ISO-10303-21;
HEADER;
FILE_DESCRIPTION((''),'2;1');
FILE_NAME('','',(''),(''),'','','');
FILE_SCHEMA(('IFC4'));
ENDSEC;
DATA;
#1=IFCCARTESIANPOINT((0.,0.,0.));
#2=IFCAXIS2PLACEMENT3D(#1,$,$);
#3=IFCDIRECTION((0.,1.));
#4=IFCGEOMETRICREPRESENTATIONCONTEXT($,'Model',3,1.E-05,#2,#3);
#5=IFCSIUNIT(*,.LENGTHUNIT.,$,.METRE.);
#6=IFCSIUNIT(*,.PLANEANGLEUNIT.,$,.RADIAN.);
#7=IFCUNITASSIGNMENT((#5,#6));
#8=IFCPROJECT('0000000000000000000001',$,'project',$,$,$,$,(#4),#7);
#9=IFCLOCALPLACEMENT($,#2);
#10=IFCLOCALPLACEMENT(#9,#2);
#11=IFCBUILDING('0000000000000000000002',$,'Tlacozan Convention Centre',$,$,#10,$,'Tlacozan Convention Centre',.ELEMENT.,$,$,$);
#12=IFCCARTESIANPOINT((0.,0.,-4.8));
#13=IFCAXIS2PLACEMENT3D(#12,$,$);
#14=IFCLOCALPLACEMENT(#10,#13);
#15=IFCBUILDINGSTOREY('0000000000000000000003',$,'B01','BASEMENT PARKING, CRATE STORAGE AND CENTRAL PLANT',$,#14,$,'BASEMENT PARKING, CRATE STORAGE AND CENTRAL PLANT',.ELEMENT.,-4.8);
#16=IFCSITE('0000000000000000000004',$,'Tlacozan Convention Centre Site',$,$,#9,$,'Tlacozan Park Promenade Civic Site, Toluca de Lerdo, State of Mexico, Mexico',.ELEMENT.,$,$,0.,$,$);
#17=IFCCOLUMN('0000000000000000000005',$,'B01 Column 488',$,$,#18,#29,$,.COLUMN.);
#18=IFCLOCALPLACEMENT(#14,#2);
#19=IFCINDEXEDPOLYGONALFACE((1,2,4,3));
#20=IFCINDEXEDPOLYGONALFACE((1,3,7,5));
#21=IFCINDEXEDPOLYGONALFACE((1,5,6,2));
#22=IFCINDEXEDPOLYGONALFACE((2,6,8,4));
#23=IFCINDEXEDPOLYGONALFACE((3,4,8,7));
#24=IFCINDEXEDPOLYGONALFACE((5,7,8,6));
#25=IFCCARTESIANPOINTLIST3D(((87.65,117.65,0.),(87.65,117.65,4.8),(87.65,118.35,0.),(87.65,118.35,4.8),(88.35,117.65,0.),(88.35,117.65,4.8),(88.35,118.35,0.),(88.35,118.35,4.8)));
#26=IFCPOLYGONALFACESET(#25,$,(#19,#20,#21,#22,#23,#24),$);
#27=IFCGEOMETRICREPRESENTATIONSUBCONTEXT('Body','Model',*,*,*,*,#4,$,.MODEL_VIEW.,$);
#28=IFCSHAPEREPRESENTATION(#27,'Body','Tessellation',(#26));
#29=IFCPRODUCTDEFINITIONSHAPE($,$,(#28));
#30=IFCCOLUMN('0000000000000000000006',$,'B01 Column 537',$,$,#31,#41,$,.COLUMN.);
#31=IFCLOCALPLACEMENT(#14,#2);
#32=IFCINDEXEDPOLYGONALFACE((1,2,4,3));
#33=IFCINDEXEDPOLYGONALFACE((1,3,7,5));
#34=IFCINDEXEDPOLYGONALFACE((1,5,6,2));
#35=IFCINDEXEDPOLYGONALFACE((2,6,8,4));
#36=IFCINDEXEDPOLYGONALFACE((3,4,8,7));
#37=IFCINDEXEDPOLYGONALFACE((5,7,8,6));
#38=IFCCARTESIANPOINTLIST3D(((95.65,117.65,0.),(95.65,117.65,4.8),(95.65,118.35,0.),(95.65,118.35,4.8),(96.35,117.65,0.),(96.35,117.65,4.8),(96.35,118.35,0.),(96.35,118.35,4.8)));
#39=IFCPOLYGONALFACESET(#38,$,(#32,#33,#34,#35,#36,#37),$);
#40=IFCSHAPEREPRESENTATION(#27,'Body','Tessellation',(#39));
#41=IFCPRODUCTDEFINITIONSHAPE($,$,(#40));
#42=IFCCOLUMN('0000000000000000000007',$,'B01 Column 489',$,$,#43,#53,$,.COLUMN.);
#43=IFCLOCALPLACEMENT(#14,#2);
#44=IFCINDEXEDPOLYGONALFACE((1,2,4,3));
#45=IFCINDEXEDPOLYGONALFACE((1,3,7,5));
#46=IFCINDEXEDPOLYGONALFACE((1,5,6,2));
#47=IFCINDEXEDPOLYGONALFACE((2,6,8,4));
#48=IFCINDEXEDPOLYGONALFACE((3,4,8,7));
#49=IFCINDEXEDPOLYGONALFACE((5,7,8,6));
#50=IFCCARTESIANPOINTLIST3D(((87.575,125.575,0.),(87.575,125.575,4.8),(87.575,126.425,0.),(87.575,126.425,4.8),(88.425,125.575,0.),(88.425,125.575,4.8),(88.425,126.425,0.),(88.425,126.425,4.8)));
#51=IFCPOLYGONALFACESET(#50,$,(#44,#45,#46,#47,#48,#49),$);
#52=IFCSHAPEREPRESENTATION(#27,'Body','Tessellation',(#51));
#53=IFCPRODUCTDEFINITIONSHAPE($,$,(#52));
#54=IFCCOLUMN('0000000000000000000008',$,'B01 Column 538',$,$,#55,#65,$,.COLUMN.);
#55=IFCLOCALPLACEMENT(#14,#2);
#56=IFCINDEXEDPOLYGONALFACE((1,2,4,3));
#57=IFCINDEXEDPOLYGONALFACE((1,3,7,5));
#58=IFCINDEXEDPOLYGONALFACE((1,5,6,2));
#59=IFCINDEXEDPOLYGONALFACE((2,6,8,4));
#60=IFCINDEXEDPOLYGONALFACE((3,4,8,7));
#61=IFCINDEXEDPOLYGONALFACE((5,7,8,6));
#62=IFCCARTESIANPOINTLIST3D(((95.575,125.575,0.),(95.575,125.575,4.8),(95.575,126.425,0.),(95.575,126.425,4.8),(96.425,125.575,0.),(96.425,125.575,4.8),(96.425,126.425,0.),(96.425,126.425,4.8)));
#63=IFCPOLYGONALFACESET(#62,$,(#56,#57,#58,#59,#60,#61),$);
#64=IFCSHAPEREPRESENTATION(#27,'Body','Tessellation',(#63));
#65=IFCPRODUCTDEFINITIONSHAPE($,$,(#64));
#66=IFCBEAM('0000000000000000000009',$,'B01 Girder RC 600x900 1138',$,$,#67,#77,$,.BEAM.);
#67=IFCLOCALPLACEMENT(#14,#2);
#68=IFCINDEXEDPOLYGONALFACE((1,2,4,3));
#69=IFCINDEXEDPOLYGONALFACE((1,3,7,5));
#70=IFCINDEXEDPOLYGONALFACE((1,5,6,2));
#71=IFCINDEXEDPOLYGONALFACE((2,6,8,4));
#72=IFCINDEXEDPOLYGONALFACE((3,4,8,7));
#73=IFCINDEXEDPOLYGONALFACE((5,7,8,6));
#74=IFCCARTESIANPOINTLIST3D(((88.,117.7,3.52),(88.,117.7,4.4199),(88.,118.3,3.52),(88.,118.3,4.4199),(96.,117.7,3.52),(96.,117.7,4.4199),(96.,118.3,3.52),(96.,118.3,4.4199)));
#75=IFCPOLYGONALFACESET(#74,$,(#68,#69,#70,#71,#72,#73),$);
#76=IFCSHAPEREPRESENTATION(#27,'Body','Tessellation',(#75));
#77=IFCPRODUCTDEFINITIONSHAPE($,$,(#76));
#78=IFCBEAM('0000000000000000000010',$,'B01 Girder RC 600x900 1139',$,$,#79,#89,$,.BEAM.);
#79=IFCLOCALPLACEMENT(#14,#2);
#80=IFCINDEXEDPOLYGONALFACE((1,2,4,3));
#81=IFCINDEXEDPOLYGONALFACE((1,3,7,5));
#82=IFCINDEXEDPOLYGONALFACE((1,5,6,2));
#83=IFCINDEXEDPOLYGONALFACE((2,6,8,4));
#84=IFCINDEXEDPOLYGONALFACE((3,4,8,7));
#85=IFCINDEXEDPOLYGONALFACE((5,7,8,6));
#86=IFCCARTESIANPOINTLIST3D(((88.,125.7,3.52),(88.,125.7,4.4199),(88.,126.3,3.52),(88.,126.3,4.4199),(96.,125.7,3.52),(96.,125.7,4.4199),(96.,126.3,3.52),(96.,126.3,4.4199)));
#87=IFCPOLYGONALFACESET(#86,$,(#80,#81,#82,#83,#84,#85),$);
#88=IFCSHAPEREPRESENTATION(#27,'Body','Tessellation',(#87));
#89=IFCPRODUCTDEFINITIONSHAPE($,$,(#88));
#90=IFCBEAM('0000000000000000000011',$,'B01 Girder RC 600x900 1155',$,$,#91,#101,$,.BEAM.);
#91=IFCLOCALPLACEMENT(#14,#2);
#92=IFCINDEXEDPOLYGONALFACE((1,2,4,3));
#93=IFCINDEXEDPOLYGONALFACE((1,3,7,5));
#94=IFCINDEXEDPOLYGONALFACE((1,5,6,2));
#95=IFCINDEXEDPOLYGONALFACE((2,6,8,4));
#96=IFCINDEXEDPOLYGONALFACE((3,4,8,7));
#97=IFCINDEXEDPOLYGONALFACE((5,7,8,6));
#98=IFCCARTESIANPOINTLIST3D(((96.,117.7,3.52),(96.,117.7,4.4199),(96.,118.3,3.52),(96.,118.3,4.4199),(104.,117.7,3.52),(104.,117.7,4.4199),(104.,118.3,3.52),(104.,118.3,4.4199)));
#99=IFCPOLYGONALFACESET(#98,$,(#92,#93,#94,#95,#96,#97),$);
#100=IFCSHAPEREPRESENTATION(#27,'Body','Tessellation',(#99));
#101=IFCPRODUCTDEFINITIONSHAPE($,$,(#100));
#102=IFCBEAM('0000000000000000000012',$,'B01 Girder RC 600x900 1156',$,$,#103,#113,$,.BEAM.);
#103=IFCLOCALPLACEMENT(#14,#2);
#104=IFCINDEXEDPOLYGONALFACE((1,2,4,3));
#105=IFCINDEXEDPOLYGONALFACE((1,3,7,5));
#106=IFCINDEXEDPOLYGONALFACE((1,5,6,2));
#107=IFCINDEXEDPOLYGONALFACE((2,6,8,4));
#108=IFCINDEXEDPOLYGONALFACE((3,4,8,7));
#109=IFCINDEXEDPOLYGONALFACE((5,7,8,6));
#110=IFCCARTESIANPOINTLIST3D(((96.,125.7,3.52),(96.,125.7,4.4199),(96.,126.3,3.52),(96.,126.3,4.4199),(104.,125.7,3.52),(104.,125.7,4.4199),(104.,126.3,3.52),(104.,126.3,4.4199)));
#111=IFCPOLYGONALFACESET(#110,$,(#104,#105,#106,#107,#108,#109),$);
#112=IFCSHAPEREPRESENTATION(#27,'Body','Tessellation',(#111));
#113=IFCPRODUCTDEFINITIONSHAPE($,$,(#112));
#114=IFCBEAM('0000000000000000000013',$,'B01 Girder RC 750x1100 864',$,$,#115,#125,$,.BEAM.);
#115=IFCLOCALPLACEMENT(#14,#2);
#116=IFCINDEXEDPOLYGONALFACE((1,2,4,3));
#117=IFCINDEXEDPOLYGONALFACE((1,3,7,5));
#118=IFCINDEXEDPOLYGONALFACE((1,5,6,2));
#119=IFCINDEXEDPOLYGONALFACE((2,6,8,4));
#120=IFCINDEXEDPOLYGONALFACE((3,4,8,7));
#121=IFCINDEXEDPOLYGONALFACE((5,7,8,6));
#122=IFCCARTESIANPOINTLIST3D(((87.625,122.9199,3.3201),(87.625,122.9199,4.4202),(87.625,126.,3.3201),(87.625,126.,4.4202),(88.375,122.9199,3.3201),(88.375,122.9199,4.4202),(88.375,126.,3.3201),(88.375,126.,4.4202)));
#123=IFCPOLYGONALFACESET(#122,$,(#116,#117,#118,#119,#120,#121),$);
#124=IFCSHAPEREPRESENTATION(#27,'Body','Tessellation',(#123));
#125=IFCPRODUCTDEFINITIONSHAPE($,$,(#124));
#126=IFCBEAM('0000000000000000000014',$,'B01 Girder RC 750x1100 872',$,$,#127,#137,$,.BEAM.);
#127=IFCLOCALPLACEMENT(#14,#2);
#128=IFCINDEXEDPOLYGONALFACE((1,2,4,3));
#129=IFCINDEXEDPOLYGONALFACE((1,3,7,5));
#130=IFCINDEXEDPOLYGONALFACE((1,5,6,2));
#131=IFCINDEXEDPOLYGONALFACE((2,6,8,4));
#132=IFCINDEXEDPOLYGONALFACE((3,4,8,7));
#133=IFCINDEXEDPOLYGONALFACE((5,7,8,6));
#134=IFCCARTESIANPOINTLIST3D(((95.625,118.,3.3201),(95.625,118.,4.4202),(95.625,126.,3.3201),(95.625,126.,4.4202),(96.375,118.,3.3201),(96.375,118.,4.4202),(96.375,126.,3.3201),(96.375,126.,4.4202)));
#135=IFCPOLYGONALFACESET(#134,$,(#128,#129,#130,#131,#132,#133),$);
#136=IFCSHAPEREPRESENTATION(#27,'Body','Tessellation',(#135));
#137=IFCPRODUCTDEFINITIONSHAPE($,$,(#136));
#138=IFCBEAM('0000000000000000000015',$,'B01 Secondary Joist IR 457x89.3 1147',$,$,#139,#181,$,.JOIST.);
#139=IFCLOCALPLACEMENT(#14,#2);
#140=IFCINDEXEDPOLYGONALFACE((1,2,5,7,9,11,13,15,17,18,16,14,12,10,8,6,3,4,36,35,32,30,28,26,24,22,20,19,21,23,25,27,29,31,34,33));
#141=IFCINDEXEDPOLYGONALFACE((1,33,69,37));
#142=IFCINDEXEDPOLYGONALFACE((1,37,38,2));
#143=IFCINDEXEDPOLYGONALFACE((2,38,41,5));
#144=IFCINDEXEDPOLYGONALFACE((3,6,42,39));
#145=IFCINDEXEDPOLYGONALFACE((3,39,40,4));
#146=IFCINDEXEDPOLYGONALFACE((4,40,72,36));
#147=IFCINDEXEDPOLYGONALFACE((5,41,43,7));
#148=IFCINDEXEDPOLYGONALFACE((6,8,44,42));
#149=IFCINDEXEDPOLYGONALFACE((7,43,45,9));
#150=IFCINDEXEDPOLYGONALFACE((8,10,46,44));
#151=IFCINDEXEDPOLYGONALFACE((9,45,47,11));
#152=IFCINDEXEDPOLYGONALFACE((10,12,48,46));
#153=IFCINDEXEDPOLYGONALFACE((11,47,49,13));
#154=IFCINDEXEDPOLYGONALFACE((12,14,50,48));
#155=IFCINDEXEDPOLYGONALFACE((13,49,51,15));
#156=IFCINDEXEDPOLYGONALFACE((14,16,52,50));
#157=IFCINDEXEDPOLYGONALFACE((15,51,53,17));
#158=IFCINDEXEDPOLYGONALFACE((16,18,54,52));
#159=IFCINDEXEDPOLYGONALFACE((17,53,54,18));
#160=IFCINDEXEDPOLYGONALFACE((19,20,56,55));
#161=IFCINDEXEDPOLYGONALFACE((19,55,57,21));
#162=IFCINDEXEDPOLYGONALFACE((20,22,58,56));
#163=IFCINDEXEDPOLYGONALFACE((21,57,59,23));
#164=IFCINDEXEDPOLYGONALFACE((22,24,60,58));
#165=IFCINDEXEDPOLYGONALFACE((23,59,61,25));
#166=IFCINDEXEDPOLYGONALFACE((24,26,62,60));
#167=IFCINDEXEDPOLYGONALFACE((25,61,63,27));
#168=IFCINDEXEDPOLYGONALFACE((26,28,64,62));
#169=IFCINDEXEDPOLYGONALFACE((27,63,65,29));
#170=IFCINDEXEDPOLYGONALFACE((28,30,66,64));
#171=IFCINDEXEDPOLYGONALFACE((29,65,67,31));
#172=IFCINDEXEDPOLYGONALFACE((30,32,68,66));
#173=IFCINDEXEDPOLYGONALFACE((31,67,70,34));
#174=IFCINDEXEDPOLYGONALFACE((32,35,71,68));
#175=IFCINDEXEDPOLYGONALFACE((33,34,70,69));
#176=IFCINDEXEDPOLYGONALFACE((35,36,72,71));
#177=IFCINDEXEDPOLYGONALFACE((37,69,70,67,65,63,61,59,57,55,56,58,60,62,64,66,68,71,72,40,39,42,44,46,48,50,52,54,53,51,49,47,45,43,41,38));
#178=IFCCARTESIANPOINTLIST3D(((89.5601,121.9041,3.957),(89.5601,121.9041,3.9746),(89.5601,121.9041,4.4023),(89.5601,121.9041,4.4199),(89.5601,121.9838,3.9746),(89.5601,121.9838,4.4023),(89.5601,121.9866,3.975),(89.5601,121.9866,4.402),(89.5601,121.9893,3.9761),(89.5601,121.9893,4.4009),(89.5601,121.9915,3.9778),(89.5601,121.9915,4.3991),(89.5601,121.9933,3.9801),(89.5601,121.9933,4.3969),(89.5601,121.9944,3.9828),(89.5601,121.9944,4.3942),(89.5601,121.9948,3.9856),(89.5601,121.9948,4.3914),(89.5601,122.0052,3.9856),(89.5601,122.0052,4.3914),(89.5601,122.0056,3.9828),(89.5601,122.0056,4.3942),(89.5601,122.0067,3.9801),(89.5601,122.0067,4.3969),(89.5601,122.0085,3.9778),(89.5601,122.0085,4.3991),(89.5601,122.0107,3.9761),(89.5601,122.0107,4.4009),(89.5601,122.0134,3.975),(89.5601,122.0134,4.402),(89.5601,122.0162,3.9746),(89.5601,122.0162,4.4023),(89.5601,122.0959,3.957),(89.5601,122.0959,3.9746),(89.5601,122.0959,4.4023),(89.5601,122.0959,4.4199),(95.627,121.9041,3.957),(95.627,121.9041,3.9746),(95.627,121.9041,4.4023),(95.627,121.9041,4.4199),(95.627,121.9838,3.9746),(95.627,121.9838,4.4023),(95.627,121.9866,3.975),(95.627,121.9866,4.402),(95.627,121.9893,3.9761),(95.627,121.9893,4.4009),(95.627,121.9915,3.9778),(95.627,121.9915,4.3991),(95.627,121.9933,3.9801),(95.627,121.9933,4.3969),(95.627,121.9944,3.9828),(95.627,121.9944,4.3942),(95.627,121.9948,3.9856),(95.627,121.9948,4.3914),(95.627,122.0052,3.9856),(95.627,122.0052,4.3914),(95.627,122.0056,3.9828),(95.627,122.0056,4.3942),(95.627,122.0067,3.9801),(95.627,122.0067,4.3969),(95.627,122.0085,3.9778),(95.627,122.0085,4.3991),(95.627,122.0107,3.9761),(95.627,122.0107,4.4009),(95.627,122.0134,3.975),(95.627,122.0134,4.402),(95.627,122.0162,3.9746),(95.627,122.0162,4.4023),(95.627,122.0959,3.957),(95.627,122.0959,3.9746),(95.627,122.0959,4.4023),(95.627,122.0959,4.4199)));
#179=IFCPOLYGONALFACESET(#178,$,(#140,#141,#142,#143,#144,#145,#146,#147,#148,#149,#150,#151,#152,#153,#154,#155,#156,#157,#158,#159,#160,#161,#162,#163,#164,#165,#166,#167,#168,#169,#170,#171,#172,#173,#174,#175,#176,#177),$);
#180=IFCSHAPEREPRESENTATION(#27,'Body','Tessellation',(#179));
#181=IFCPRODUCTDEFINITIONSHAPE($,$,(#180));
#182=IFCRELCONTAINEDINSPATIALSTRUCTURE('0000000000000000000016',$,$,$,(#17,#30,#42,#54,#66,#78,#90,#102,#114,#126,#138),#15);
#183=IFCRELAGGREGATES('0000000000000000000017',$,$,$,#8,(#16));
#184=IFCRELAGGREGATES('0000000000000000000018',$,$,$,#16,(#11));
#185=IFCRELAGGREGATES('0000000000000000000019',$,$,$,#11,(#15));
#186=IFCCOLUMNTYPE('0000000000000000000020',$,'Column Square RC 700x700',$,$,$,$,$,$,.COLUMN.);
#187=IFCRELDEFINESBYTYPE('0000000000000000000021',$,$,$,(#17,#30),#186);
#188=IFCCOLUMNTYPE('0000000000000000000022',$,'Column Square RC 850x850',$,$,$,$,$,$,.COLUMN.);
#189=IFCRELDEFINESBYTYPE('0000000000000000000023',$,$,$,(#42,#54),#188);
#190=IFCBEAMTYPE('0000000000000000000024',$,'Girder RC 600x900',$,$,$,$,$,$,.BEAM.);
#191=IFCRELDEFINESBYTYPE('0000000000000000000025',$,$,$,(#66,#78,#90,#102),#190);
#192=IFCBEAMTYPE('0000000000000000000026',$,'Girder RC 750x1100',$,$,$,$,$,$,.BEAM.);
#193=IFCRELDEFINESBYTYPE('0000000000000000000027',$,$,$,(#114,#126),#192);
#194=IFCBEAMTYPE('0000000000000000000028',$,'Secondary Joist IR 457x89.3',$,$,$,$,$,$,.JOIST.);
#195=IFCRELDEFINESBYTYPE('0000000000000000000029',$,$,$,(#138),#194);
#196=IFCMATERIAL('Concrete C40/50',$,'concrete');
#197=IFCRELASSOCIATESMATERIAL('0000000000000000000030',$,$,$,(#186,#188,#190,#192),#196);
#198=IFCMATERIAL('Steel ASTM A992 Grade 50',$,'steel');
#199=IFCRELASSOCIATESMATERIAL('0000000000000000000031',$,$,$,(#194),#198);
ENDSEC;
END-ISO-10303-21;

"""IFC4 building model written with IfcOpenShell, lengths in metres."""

from ifc_helpers import new_model, si_unit, direction, frame, origin, origin_2d, place, context, subcontext, project, spatial, rectangle, i_section, extrude, material, material_profile, profile_set, type_object, element, save


model = new_model("IFC4")

# Units and contexts
model_context = context("Model", 3, precision=1e-05, world=origin(), true_north=direction((0.0, 1.0)))
body_context = subcontext(model_context, "Body", "Model", "MODEL_VIEW")
ifc_project = project(units=[si_unit("LENGTHUNIT", "METRE"), si_unit("PLANEANGLEUNIT", "RADIAN")], contexts=[model_context])

# Site, building, storey
site_placement = place(None, origin())
site = spatial("IfcSite", under=ifc_project, at=site_placement, Name="Tlacozan Convention Centre Site", LongName="Tlacozan Park Promenade Civic Site, Toluca de Lerdo, State of Mexico, Mexico", CompositionType="ELEMENT", RefElevation=0.0)
building_placement = place(site_placement, origin())
building = spatial("IfcBuilding", under=site, at=building_placement, Name="Tlacozan Convention Centre", LongName="Tlacozan Convention Centre", CompositionType="ELEMENT")
storey_placement = place(building_placement, frame((0.0, 0.0, -4.8)))
storey = spatial("IfcBuildingStorey", under=building, at=storey_placement, Name="B01", Description="BASEMENT PARKING, CRATE STORAGE AND CENTRAL PLANT", LongName="BASEMENT PARKING, CRATE STORAGE AND CENTRAL PLANT", CompositionType="ELEMENT", Elevation=-4.8)

# Columns
ifc_material_1 = material(Name="Concrete C40/50", Category="concrete")
ifc_material_profile_1 = material_profile(ifc_material_1, rectangle(XDim=0.7, YDim=0.7, at=origin_2d()), Name="RC 700x700")
ifc_profile_set_1 = profile_set([ifc_material_profile_1], Name="Concrete C40/50")
column_type_1 = type_object("IfcColumnType", Name="Column Square RC 700x700", PredefinedType="COLUMN", material=ifc_profile_set_1)
for number, where, z_axis, x_axis, name in (
    (1, (88.0, 118.0, 0.0), (0.0, 0.0, 1.0), (1.0, 0.0, 0.0), "B01 Column 488"),
    (2, (96.0, 118.0, 0.0), (0.0, 0.0, 1.0), (1.0, 0.0, 0.0), "B01 Column 537"),
):
    element("IfcColumn", number, at=place(storey_placement, frame(where, z_axis=z_axis, x_axis=x_axis)), inside=storey, type_object=column_type_1, Name=name, PredefinedType="COLUMN", context=body_context, shape_type="SweptSolid", body=[
        extrude(rectangle(XDim=0.7, YDim=0.7, at=origin_2d()), origin(), (0.0, 0.0, 1.0), 4.8),
    ])
ifc_material_profile_2 = material_profile(ifc_material_1, rectangle(XDim=0.8501, YDim=0.8501, at=origin_2d()), Name="RC 850x850")
ifc_profile_set_2 = profile_set([ifc_material_profile_2], Name="Concrete C40/50")
column_type_2 = type_object("IfcColumnType", Name="Column Square RC 850x850", PredefinedType="COLUMN", material=ifc_profile_set_2)
for number, where, z_axis, x_axis, name in (
    (3, (88.0, 126.0, 0.0), (0.0, 0.0, 1.0), (1.0, 0.0, 0.0), "B01 Column 489"),
    (4, (96.0, 126.0, 0.0), (0.0, 0.0, 1.0), (1.0, 0.0, 0.0), "B01 Column 538"),
):
    element("IfcColumn", number, at=place(storey_placement, frame(where, z_axis=z_axis, x_axis=x_axis)), inside=storey, type_object=column_type_2, Name=name, PredefinedType="COLUMN", context=body_context, shape_type="SweptSolid", body=[
        extrude(rectangle(XDim=0.8501, YDim=0.8501, at=origin_2d()), origin(), (0.0, 0.0, 1.0), 4.8),
    ])

# Beams
ifc_material_profile_3 = material_profile(ifc_material_1, rectangle(XDim=0.6001, YDim=0.8999, at=origin_2d()), Name="RC 600x900")
ifc_profile_set_3 = profile_set([ifc_material_profile_3], Name="Concrete C40/50")
beam_type_1 = type_object("IfcBeamType", Name="Girder RC 600x900", PredefinedType="BEAM", material=ifc_profile_set_3)
for number, where, z_axis, x_axis, name in (
    (5, (88.0, 118.0, 3.97), (1.0, 0.0, 0.0), (0.0, 1.0, 0.0), "B01 Girder RC 600x900 1138"),
    (6, (88.0, 126.0, 3.97), (1.0, 0.0, 0.0), (0.0, 1.0, 0.0), "B01 Girder RC 600x900 1139"),
    (7, (96.0, 118.0, 3.97), (1.0, 0.0, 0.0), (0.0, 1.0, 0.0), "B01 Girder RC 600x900 1155"),
    (8, (96.0, 126.0, 3.97), (1.0, 0.0, 0.0), (0.0, 1.0, 0.0), "B01 Girder RC 600x900 1156"),
):
    element("IfcBeam", number, at=place(storey_placement, frame(where, z_axis=z_axis, x_axis=x_axis)), inside=storey, type_object=beam_type_1, Name=name, PredefinedType="BEAM", context=body_context, shape_type="SweptSolid", body=[
        extrude(rectangle(XDim=0.6001, YDim=0.8999, at=origin_2d()), origin(), (0.0, 0.0, 1.0), 8.0),
    ])
ifc_material_profile_4 = material_profile(ifc_material_1, rectangle(XDim=0.75, YDim=1.1001, at=origin_2d()), Name="RC 750x1100")
ifc_profile_set_4 = profile_set([ifc_material_profile_4], Name="Concrete C40/50")
beam_type_2 = type_object("IfcBeamType", Name="Girder RC 750x1100", PredefinedType="BEAM", material=ifc_profile_set_4)
beam_1_placement = place(storey_placement, frame((88.0, 122.9199, 3.8701), z_axis=(0.0, 1.0, 0.0), x_axis=(-1.0, 0.0, 0.0)))
element("IfcBeam", 9, at=beam_1_placement, inside=storey, type_object=beam_type_2, Name="B01 Girder RC 750x1100 864", PredefinedType="BEAM", context=body_context, shape_type="SweptSolid", body=[
    extrude(rectangle(XDim=0.75, YDim=1.1001, at=origin_2d()), origin(), (0.0, 0.0, 1.0), 3.0801),
])
beam_2_placement = place(storey_placement, frame((96.0, 118.0, 3.8701), z_axis=(0.0, 1.0, 0.0), x_axis=(-1.0, 0.0, 0.0)))
element("IfcBeam", 10, at=beam_2_placement, inside=storey, type_object=beam_type_2, Name="B01 Girder RC 750x1100 872", PredefinedType="BEAM", context=body_context, shape_type="SweptSolid", body=[
    extrude(rectangle(XDim=0.75, YDim=1.1001, at=origin_2d()), origin(), (0.0, 0.0, 1.0), 8.0),
])
ifc_material_2 = material(Name="Steel ASTM A992 Grade 50", Category="steel")
ifc_material_profile_5 = material_profile(ifc_material_2, i_section(OverallWidth=0.1919, OverallDepth=0.4629, WebThickness=0.0105, FlangeThickness=0.0176, FilletRadius=0.011, at=origin_2d()), Name="IR 457x89.3")
ifc_profile_set_5 = profile_set([ifc_material_profile_5], Name="Steel ASTM A992 Grade 50")
beam_type_3 = type_object("IfcBeamType", Name="Secondary Joist IR 457x89.3", PredefinedType="JOIST", material=ifc_profile_set_5)
beam_3_placement = place(storey_placement, frame((89.5601, 122.0, 4.1885), z_axis=(1.0, 0.0, 0.0), x_axis=(0.0, 1.0, 0.0)))
element("IfcBeam", 11, at=beam_3_placement, inside=storey, type_object=beam_type_3, Name="B01 Secondary Joist IR 457x89.3 1147", PredefinedType="JOIST", context=body_context, shape_type="SweptSolid", body=[
    extrude(i_section(OverallWidth=0.1919, OverallDepth=0.4629, WebThickness=0.0105, FlangeThickness=0.0176, FilletRadius=0.011, at=origin_2d()), origin(), (0.0, 0.0, 1.0), 6.0669),
])

save(model, "model.ifc")
